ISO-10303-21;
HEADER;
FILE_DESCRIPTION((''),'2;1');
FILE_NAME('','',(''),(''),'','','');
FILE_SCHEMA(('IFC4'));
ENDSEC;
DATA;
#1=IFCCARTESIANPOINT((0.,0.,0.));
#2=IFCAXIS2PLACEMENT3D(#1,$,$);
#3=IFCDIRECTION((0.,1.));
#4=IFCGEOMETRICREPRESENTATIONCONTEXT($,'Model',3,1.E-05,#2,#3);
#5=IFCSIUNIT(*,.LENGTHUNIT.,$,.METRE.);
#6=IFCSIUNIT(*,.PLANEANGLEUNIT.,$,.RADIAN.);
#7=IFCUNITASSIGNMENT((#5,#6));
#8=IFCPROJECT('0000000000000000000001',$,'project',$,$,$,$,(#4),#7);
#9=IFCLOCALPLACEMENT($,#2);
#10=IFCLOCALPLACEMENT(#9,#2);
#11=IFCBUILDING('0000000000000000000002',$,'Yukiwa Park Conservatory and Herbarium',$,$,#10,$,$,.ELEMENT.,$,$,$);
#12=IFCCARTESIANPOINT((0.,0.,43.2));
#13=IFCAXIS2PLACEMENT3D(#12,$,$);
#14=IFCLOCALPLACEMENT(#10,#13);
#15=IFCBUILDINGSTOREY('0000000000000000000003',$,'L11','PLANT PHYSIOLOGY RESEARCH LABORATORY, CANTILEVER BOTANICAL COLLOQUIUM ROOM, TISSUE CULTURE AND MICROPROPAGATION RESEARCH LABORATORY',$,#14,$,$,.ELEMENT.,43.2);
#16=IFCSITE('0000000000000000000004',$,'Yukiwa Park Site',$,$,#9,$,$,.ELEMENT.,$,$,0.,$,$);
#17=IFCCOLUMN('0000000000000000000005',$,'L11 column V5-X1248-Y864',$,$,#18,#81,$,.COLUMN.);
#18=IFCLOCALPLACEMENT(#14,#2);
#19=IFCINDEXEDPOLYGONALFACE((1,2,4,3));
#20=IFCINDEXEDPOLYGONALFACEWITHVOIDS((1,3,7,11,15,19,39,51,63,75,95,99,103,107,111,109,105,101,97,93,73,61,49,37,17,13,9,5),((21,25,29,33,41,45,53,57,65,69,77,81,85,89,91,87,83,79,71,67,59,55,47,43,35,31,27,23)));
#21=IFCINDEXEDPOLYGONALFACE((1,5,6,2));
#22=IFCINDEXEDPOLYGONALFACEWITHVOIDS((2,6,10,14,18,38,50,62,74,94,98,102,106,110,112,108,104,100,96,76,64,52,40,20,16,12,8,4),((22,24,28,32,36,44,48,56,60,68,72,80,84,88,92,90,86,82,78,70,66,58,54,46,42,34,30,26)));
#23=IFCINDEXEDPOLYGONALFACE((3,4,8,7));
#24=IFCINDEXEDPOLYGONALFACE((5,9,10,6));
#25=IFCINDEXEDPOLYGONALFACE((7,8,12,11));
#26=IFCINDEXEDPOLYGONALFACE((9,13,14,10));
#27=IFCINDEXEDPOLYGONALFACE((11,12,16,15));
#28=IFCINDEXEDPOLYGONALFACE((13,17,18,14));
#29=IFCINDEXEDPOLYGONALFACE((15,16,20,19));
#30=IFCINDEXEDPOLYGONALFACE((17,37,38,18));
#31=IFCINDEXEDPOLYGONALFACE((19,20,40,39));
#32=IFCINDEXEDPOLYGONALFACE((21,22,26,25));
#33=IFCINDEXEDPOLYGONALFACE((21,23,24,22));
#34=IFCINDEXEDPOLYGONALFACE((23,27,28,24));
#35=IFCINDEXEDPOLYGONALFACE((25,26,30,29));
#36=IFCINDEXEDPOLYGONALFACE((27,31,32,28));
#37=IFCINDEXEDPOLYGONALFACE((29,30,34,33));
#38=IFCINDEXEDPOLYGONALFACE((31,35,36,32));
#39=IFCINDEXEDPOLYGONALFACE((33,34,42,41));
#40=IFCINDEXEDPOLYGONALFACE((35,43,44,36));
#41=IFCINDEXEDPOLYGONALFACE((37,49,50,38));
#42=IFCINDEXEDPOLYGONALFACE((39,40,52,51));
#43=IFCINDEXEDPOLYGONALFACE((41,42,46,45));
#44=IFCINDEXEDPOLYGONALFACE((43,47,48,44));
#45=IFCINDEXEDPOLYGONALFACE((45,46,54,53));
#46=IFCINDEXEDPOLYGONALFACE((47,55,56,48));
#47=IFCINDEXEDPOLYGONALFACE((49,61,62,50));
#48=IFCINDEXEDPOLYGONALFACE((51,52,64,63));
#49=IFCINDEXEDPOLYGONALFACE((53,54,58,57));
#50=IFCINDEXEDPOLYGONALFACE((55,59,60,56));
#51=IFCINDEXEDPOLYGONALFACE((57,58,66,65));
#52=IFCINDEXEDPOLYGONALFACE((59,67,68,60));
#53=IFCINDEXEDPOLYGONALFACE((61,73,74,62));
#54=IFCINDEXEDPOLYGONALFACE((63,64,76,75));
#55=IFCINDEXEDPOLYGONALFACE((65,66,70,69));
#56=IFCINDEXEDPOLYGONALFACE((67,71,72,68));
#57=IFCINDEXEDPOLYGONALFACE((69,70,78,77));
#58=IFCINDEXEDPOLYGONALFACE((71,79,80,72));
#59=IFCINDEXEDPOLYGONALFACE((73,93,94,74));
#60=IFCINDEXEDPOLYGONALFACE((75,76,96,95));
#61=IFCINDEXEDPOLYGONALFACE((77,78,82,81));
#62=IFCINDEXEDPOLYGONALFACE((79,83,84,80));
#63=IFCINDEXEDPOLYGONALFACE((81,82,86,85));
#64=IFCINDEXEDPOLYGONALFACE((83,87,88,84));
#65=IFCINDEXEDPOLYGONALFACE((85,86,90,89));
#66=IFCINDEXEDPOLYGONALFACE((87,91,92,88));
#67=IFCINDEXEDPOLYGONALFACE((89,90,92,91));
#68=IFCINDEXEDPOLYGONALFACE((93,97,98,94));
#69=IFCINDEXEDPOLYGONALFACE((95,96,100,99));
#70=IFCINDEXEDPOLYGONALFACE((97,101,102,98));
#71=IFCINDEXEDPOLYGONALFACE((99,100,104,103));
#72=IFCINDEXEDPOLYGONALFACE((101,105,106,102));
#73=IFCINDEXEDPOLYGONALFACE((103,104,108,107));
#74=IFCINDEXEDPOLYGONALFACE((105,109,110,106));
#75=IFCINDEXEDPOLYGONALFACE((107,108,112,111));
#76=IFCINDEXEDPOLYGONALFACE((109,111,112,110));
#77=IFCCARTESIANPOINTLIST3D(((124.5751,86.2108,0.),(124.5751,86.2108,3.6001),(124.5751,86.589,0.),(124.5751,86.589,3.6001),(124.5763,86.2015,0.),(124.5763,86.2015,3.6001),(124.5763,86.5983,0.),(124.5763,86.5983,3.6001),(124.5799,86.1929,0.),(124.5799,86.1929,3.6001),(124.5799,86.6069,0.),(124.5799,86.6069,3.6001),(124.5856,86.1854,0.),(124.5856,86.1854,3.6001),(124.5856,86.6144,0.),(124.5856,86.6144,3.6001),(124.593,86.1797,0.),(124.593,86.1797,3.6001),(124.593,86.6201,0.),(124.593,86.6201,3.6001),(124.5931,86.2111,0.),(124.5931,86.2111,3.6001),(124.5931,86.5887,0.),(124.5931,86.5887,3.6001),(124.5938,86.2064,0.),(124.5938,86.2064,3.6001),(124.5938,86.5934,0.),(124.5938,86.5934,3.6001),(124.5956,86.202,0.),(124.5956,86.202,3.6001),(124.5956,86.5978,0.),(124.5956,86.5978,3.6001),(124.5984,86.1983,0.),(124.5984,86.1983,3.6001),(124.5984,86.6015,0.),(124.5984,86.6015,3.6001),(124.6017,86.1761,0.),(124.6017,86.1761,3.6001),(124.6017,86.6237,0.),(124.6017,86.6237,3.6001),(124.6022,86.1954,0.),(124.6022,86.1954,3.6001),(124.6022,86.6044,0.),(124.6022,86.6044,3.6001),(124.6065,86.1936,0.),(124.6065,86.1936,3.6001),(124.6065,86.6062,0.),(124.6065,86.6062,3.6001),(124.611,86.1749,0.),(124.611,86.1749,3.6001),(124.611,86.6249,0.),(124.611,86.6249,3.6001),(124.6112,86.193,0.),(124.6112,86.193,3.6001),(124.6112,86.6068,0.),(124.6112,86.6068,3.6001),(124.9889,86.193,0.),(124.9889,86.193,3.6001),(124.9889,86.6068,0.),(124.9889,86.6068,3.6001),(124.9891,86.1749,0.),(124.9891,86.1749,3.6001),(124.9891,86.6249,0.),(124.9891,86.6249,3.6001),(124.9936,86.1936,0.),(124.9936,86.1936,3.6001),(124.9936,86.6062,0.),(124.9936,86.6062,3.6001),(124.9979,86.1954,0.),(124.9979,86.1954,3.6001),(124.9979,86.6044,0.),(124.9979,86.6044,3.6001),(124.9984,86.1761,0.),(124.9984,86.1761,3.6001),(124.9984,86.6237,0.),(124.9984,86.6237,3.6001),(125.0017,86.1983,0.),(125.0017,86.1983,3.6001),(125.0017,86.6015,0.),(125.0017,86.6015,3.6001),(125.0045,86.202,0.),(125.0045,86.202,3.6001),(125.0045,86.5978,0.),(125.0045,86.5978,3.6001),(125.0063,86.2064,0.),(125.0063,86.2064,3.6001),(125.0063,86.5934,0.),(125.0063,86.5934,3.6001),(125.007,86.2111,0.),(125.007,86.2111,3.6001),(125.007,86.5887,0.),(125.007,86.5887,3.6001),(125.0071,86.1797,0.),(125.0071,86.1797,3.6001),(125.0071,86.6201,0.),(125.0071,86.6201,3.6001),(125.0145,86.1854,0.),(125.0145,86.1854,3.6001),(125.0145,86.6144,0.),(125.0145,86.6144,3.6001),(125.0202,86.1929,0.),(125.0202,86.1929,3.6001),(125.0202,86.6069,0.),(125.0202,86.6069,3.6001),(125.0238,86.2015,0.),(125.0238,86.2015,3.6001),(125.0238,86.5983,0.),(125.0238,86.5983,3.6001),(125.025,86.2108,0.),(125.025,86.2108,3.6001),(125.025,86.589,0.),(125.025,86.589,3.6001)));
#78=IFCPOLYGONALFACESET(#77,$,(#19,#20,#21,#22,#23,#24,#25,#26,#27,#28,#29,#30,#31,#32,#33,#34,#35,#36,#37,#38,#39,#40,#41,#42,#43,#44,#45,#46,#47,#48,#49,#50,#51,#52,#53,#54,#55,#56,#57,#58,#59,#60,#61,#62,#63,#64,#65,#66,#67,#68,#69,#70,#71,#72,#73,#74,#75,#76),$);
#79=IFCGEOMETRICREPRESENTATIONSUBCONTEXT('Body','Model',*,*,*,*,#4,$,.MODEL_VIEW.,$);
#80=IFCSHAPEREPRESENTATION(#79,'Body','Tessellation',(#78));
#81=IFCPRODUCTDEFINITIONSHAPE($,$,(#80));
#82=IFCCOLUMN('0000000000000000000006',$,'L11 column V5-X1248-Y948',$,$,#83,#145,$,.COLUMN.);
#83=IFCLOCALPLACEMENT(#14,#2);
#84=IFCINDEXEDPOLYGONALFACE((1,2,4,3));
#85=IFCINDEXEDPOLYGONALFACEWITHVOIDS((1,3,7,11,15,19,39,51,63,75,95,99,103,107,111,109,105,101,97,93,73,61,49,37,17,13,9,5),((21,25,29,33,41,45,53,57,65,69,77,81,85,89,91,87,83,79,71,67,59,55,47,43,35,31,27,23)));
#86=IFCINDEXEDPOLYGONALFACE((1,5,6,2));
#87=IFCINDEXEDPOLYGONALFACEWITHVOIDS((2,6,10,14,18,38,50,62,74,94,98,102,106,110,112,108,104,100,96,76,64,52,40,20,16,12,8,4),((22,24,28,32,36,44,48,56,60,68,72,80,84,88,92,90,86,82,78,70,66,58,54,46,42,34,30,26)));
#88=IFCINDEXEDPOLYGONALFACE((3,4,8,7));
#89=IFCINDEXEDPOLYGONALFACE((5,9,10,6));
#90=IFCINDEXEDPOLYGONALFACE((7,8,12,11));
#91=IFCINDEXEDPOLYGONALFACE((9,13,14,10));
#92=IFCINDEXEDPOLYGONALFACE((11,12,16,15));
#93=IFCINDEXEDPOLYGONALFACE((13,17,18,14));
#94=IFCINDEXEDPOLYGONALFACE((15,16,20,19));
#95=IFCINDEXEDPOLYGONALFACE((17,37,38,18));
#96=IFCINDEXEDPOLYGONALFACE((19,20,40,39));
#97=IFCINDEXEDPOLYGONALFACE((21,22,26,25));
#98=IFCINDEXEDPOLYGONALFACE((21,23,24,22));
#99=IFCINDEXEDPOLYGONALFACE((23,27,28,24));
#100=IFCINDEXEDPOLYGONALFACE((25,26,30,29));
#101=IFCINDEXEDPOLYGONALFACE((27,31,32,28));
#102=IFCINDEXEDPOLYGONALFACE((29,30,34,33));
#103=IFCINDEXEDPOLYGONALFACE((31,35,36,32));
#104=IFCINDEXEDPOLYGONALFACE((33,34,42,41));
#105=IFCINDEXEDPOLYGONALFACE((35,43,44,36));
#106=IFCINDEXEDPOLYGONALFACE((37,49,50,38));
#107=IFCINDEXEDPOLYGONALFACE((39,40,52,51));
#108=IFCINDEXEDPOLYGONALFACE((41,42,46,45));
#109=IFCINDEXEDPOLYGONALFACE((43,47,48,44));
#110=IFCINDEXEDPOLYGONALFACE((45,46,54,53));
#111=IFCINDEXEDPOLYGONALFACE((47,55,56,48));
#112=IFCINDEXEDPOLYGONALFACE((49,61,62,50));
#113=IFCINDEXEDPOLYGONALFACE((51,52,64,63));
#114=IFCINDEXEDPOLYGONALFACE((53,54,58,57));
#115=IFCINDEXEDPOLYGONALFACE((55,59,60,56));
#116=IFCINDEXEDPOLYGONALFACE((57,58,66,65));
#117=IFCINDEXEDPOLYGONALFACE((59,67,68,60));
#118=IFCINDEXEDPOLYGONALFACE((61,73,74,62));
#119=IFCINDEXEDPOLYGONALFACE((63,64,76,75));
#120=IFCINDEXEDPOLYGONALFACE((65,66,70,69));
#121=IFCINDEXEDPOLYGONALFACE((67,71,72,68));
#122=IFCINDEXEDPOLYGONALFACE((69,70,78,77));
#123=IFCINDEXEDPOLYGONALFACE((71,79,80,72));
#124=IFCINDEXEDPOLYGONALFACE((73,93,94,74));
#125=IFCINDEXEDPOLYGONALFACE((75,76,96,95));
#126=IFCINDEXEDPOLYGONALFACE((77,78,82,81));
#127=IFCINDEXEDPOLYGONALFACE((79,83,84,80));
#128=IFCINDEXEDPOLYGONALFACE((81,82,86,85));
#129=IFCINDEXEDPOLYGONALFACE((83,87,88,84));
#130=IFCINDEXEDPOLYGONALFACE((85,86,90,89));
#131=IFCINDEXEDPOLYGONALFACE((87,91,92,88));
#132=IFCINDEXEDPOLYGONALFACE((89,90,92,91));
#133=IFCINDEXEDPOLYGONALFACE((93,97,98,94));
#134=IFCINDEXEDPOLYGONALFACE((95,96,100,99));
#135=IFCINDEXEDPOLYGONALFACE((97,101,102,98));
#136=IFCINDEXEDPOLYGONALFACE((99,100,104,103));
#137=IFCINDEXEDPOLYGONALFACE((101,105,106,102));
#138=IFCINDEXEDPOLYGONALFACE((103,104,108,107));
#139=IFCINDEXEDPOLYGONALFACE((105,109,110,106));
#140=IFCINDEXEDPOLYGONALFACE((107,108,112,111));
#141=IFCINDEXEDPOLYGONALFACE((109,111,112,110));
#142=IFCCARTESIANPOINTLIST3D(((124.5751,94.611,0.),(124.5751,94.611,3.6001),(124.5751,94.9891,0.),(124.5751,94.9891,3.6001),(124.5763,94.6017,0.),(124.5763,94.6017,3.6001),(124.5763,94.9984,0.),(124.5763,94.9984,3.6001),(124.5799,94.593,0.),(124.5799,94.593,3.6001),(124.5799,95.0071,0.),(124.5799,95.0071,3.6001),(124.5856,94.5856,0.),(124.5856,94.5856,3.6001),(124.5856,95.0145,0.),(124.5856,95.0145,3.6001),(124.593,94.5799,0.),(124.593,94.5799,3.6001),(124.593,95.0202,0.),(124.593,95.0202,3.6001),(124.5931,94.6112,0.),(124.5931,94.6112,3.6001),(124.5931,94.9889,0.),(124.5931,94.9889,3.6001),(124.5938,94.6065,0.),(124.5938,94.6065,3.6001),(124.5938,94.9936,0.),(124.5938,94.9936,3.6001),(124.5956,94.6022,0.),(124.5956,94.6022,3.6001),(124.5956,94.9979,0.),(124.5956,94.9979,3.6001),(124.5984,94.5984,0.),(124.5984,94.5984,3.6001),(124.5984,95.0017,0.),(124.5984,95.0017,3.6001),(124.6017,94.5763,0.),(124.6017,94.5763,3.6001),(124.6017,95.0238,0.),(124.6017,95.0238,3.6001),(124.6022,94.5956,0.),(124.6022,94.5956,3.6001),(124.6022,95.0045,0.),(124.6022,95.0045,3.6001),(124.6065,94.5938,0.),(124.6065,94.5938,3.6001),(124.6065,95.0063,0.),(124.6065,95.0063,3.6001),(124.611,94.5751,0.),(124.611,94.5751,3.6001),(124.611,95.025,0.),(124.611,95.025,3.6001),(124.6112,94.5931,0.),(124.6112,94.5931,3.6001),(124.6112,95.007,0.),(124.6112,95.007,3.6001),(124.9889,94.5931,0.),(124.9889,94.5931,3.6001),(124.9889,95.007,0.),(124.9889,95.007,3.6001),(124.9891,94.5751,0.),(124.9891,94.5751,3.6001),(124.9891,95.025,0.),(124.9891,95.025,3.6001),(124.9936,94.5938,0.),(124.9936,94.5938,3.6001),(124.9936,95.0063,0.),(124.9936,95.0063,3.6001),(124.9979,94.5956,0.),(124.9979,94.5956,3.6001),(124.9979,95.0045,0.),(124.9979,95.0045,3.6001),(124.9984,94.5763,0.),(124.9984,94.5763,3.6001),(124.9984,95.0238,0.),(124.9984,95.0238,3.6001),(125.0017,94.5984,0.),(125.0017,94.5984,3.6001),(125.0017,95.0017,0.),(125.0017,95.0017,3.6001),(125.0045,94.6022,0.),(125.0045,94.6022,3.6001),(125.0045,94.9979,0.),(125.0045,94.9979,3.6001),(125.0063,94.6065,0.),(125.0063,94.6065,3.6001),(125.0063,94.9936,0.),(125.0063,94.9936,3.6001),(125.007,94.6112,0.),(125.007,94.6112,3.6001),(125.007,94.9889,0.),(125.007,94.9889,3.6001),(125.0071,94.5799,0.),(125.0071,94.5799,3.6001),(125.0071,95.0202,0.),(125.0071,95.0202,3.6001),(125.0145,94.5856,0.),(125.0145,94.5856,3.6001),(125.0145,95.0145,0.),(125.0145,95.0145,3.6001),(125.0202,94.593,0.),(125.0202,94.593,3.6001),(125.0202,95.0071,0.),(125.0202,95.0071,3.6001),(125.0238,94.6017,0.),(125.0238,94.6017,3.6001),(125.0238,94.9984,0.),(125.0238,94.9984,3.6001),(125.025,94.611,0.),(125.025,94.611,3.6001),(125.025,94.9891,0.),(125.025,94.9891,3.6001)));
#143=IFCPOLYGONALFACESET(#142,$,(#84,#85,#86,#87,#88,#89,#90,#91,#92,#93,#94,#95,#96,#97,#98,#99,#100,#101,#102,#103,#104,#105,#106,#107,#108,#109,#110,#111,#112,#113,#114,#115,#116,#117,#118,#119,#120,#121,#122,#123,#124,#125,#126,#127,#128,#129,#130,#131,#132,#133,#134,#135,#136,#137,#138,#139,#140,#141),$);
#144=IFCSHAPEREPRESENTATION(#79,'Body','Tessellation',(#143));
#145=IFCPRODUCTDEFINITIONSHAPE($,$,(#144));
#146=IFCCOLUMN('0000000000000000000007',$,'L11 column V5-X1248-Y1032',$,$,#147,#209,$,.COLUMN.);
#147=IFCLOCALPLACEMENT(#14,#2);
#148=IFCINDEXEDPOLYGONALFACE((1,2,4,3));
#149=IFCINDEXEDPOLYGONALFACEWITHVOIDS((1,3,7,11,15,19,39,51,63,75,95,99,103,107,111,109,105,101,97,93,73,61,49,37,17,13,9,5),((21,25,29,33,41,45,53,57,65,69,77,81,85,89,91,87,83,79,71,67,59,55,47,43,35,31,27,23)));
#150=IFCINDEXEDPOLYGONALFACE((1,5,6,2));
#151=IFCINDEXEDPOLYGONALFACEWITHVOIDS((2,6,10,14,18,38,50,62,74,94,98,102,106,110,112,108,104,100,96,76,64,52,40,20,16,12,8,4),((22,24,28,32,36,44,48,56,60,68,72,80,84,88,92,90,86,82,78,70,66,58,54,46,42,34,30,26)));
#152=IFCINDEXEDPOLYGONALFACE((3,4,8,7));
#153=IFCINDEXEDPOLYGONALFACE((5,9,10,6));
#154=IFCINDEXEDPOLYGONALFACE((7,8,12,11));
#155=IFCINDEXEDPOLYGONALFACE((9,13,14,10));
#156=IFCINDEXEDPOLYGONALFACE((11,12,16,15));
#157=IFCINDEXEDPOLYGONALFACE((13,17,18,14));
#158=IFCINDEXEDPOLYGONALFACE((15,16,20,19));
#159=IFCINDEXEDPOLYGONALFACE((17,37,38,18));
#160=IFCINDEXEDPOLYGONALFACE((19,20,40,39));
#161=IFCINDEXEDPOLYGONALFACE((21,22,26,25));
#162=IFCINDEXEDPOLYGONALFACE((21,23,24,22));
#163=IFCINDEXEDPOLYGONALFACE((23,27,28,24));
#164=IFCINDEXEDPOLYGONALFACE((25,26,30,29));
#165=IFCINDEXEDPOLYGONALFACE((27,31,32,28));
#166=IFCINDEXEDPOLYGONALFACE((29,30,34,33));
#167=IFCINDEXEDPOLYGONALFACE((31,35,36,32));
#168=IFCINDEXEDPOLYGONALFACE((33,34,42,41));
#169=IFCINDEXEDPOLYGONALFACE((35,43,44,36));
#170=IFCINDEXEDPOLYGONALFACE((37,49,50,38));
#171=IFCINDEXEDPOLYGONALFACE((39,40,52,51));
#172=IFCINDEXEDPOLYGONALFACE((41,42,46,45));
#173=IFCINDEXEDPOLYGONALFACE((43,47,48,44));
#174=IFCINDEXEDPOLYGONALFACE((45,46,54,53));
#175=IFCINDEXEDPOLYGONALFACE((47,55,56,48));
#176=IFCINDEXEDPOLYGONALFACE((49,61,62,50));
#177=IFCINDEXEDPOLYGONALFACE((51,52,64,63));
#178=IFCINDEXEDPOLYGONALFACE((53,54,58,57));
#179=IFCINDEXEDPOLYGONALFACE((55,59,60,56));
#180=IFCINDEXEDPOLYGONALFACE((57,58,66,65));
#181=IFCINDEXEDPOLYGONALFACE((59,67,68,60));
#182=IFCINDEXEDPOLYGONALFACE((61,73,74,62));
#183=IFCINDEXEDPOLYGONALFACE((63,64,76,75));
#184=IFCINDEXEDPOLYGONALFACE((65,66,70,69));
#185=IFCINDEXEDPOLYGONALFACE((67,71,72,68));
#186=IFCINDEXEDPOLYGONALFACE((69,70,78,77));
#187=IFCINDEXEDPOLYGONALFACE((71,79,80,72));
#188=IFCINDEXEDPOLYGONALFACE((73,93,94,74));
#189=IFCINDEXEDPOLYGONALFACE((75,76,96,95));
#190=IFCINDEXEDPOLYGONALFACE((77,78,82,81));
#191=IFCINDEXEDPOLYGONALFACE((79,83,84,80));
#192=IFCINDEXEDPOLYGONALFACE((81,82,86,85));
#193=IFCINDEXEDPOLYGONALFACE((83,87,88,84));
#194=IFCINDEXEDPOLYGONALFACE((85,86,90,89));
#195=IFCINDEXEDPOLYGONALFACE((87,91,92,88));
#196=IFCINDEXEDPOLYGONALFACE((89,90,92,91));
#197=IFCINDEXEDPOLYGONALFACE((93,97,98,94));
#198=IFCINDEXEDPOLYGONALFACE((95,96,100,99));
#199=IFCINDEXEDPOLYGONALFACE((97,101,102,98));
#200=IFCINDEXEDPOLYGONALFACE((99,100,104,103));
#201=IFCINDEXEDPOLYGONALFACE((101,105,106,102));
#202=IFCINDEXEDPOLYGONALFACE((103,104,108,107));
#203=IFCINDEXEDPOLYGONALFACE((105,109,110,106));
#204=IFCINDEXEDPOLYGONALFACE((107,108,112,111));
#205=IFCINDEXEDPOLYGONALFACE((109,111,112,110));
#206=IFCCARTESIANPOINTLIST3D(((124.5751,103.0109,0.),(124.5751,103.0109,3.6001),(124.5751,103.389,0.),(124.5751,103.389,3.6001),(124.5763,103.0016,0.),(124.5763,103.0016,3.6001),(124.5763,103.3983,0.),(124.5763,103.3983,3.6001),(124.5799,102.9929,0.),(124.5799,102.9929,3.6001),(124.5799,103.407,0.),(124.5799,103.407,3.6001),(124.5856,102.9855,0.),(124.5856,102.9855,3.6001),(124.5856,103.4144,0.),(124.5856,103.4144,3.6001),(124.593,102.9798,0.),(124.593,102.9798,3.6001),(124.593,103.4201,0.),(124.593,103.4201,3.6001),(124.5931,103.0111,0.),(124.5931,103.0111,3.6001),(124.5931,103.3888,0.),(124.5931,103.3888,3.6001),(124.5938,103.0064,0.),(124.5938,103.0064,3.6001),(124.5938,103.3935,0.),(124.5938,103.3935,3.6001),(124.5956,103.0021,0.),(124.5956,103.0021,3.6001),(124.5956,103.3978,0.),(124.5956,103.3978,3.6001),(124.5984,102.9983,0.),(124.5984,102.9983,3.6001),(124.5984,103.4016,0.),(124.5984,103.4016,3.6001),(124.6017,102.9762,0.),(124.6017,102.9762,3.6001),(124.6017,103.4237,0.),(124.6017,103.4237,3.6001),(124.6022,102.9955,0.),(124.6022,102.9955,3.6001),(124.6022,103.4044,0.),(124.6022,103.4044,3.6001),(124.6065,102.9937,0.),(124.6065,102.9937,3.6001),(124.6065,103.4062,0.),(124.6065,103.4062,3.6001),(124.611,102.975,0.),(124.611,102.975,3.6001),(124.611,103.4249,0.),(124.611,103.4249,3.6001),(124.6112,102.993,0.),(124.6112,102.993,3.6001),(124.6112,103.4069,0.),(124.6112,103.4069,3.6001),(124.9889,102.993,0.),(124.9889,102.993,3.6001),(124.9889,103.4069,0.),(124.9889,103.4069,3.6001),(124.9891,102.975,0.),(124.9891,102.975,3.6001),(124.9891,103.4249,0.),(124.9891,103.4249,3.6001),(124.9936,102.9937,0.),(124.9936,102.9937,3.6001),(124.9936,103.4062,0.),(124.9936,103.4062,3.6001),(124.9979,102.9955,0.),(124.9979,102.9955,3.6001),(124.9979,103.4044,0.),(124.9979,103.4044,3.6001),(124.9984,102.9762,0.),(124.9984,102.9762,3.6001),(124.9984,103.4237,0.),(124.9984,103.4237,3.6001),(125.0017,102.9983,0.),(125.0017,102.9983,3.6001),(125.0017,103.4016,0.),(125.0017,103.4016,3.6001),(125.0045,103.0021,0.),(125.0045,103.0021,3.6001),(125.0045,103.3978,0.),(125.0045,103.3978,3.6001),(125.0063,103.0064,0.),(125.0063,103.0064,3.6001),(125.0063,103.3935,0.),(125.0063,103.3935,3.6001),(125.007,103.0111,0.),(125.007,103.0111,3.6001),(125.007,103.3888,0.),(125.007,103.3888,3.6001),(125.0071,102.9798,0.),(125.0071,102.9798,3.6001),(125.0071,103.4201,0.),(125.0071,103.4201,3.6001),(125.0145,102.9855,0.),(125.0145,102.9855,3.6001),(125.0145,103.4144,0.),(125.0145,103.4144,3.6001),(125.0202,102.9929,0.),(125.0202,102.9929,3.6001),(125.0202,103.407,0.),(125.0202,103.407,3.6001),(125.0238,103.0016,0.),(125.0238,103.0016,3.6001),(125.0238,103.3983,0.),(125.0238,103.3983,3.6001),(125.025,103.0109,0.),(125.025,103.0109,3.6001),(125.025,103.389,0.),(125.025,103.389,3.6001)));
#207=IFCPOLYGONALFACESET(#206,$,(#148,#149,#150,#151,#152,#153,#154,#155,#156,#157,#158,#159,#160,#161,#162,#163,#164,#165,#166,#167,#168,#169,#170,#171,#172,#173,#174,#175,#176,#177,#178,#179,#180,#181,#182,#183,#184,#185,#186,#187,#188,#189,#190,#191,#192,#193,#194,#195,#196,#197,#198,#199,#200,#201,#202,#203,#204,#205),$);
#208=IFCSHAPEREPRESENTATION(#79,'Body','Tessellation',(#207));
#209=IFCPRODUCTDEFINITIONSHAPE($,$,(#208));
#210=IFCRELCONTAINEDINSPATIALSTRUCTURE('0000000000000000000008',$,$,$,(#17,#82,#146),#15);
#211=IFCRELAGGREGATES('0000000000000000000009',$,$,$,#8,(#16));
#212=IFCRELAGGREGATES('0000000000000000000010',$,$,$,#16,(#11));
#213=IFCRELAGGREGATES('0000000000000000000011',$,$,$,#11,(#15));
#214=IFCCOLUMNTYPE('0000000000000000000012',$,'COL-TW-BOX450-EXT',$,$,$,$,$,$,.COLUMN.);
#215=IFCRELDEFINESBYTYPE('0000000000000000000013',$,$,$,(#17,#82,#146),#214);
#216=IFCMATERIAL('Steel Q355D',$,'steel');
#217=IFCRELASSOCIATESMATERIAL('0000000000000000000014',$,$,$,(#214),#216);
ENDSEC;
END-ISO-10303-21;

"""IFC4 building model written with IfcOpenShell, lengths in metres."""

from ifc_helpers import new_model, si_unit, direction, frame, origin, origin_2d, place, context, subcontext, project, spatial, hollow_rectangle, extrude, material, material_profile, profile_set, type_object, element, save


model = new_model("IFC4")

# Units and contexts
model_context = context("Model", 3, precision=1e-05, world=origin(), true_north=direction((0.0, 1.0)))
body_context = subcontext(model_context, "Body", "Model", "MODEL_VIEW")
ifc_project = project(units=[si_unit("LENGTHUNIT", "METRE"), si_unit("PLANEANGLEUNIT", "RADIAN")], contexts=[model_context])

# Site, building, storey
site_placement = place(None, origin())
site = spatial("IfcSite", under=ifc_project, at=site_placement, Name="Yukiwa Park Site", CompositionType="ELEMENT", RefElevation=0.0)
building_placement = place(site_placement, origin())
building = spatial("IfcBuilding", under=site, at=building_placement, Name="Yukiwa Park Conservatory and Herbarium", CompositionType="ELEMENT")
storey_placement = place(building_placement, frame((0.0, 0.0, 43.2)))
storey = spatial("IfcBuildingStorey", under=building, at=storey_placement, Name="L11", Description="PLANT PHYSIOLOGY RESEARCH LABORATORY, CANTILEVER BOTANICAL COLLOQUIUM ROOM, TISSUE CULTURE AND MICROPROPAGATION RESEARCH LABORATORY", CompositionType="ELEMENT", Elevation=43.2)

# Columns
ifc_material_1 = material(Name="Steel Q355D", Category="steel")
ifc_material_profile_1 = material_profile(ifc_material_1, hollow_rectangle(XDim=0.45, YDim=0.45, WallThickness=0.0181, InnerFilletRadius=0.0181, OuterFilletRadius=0.0359, at=origin_2d()), Name="BOX 450x450x18")
ifc_profile_set_1 = profile_set([ifc_material_profile_1], Name="Steel Q355D")
column_type = type_object("IfcColumnType", Name="COL-TW-BOX450-EXT", PredefinedType="COLUMN", material=ifc_profile_set_1)
for number, where, z_axis, x_axis, name in (
    (1, (124.8, 86.3999, 0.0), (0.0, 0.0, 1.0), (1.0, 0.0, 0.0), "L11 column V5-X1248-Y864"),
    (2, (124.8, 94.8, 0.0), (0.0, 0.0, 1.0), (1.0, 0.0, 0.0), "L11 column V5-X1248-Y948"),
    (3, (124.8, 103.2, 0.0), (0.0, 0.0, 1.0), (1.0, 0.0, 0.0), "L11 column V5-X1248-Y1032"),
):
    element("IfcColumn", number, at=place(storey_placement, frame(where, z_axis=z_axis, x_axis=x_axis)), inside=storey, type_object=column_type, Name=name, PredefinedType="COLUMN", context=body_context, shape_type="SweptSolid", body=[
        extrude(hollow_rectangle(XDim=0.45, YDim=0.45, WallThickness=0.0181, InnerFilletRadius=0.0181, OuterFilletRadius=0.0359, at=origin_2d()), origin(), (0.0, 0.0, 1.0), 3.6001),
    ])

save(model, "model.ifc")
